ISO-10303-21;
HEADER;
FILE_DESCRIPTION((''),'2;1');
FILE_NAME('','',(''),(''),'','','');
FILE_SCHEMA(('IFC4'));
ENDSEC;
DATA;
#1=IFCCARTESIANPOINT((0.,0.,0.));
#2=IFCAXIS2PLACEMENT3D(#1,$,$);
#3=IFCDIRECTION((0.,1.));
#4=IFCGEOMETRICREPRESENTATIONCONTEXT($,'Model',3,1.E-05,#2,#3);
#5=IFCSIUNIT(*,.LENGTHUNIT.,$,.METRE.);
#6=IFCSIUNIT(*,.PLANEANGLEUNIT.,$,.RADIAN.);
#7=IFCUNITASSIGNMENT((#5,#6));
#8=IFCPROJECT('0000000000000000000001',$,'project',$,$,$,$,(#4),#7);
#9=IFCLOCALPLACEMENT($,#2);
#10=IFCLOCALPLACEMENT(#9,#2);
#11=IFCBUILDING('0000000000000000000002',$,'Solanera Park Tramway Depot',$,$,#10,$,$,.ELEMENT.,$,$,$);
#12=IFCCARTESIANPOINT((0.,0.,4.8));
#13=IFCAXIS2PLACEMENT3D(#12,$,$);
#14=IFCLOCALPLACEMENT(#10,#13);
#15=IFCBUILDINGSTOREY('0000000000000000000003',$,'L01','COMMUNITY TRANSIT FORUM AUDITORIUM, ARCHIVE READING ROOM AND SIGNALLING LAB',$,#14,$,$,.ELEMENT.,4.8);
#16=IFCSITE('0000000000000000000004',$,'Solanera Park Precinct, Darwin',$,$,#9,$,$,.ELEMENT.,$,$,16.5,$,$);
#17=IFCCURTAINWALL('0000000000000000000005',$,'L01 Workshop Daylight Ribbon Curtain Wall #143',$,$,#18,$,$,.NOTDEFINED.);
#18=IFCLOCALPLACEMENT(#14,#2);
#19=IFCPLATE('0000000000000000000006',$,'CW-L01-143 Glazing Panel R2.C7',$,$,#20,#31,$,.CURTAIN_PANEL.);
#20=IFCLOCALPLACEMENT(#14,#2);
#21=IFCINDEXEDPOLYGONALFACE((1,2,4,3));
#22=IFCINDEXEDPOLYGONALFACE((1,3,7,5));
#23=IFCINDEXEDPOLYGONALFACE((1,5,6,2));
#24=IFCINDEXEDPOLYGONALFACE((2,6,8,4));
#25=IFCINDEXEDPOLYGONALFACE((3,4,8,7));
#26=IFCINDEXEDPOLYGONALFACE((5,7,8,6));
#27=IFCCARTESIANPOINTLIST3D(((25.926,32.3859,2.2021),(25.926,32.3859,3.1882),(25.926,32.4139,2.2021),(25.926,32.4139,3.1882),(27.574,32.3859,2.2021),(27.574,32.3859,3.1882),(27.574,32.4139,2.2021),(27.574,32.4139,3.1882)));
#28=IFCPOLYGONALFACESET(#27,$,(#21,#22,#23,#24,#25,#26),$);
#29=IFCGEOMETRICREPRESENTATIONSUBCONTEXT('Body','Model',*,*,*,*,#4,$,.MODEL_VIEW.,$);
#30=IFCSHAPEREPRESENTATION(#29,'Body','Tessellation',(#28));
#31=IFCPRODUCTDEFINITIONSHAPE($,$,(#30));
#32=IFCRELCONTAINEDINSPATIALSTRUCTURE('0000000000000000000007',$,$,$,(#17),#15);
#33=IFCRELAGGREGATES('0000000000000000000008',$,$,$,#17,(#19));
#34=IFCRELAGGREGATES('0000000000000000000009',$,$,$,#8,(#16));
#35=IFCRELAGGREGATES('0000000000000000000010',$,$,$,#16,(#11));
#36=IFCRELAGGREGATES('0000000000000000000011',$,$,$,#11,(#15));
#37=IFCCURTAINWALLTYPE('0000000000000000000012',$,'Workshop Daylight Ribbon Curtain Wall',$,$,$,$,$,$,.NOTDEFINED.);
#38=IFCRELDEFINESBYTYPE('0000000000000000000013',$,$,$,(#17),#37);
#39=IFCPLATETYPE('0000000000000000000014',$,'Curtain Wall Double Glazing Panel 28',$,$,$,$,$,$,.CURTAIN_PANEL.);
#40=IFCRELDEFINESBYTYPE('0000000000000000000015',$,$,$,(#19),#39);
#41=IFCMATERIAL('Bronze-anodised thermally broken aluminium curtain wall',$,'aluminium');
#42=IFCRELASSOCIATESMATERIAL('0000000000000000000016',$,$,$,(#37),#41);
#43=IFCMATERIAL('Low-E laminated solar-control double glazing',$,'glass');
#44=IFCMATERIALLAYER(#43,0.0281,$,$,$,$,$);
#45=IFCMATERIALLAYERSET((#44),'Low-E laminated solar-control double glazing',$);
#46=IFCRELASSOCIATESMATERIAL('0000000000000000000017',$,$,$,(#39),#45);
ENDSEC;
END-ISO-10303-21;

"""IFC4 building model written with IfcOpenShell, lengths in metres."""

from ifc_helpers import new_model, si_unit, direction, frame, origin, origin_2d, place, context, subcontext, project, spatial, rectangle, extrude, material, layer, layer_set, type_object, element, aggregate, save


model = new_model("IFC4")

# Units and contexts
model_context = context("Model", 3, precision=1e-05, world=origin(), true_north=direction((0.0, 1.0)))
body_context = subcontext(model_context, "Body", "Model", "MODEL_VIEW")
ifc_project = project(units=[si_unit("LENGTHUNIT", "METRE"), si_unit("PLANEANGLEUNIT", "RADIAN")], contexts=[model_context])

# Site, building, storey
site_placement = place(None, origin())
site = spatial("IfcSite", under=ifc_project, at=site_placement, Name="Solanera Park Precinct, Darwin", CompositionType="ELEMENT", RefElevation=16.5)
building_placement = place(site_placement, origin())
building = spatial("IfcBuilding", under=site, at=building_placement, Name="Solanera Park Tramway Depot", CompositionType="ELEMENT")
storey_placement = place(building_placement, frame((0.0, 0.0, 4.8)))
storey = spatial("IfcBuildingStorey", under=building, at=storey_placement, Name="L01", Description="COMMUNITY TRANSIT FORUM AUDITORIUM, ARCHIVE READING ROOM AND SIGNALLING LAB", CompositionType="ELEMENT", Elevation=4.8)

# Curtain wall, plate
ifc_material_1 = material(Name="Bronze-anodised thermally broken aluminium curtain wall", Category="aluminium")
curtain_wall_type = type_object("IfcCurtainWallType", Name="Workshop Daylight Ribbon Curtain Wall", PredefinedType="NOTDEFINED", material=ifc_material_1)
curtain_wall_placement = place(storey_placement, origin())
curtain_wall = element("IfcCurtainWall", 1, at=curtain_wall_placement, inside=storey, type_object=curtain_wall_type, Name="L01 Workshop Daylight Ribbon Curtain Wall #143", PredefinedType="NOTDEFINED")
ifc_material_2 = material(Name="Low-E laminated solar-control double glazing", Category="glass")
ifc_layer = layer(ifc_material_2, 0.0281)
ifc_layer_set = layer_set([ifc_layer], Name="Low-E laminated solar-control double glazing")
plate_type = type_object("IfcPlateType", Name="Curtain Wall Double Glazing Panel 28", PredefinedType="CURTAIN_PANEL", material=ifc_layer_set)
plate_1_placement = place(storey_placement, frame((26.75, 32.3999, 2.2021), z_axis=(0.0, 0.0, 1.0), x_axis=(1.0, 0.0, 0.0)))
plate_1 = element("IfcPlate", 2, at=plate_1_placement, type_object=plate_type, Name="CW-L01-143 Glazing Panel R2.C7", PredefinedType="CURTAIN_PANEL", context=body_context, shape_type="SweptSolid", body=[
    extrude(rectangle(XDim=1.6479, YDim=0.0281, at=origin_2d()), origin(), (0.0, 0.0, 1.0), 0.9861),
])
aggregate(curtain_wall, [plate_1])

save(model, "model.ifc")
